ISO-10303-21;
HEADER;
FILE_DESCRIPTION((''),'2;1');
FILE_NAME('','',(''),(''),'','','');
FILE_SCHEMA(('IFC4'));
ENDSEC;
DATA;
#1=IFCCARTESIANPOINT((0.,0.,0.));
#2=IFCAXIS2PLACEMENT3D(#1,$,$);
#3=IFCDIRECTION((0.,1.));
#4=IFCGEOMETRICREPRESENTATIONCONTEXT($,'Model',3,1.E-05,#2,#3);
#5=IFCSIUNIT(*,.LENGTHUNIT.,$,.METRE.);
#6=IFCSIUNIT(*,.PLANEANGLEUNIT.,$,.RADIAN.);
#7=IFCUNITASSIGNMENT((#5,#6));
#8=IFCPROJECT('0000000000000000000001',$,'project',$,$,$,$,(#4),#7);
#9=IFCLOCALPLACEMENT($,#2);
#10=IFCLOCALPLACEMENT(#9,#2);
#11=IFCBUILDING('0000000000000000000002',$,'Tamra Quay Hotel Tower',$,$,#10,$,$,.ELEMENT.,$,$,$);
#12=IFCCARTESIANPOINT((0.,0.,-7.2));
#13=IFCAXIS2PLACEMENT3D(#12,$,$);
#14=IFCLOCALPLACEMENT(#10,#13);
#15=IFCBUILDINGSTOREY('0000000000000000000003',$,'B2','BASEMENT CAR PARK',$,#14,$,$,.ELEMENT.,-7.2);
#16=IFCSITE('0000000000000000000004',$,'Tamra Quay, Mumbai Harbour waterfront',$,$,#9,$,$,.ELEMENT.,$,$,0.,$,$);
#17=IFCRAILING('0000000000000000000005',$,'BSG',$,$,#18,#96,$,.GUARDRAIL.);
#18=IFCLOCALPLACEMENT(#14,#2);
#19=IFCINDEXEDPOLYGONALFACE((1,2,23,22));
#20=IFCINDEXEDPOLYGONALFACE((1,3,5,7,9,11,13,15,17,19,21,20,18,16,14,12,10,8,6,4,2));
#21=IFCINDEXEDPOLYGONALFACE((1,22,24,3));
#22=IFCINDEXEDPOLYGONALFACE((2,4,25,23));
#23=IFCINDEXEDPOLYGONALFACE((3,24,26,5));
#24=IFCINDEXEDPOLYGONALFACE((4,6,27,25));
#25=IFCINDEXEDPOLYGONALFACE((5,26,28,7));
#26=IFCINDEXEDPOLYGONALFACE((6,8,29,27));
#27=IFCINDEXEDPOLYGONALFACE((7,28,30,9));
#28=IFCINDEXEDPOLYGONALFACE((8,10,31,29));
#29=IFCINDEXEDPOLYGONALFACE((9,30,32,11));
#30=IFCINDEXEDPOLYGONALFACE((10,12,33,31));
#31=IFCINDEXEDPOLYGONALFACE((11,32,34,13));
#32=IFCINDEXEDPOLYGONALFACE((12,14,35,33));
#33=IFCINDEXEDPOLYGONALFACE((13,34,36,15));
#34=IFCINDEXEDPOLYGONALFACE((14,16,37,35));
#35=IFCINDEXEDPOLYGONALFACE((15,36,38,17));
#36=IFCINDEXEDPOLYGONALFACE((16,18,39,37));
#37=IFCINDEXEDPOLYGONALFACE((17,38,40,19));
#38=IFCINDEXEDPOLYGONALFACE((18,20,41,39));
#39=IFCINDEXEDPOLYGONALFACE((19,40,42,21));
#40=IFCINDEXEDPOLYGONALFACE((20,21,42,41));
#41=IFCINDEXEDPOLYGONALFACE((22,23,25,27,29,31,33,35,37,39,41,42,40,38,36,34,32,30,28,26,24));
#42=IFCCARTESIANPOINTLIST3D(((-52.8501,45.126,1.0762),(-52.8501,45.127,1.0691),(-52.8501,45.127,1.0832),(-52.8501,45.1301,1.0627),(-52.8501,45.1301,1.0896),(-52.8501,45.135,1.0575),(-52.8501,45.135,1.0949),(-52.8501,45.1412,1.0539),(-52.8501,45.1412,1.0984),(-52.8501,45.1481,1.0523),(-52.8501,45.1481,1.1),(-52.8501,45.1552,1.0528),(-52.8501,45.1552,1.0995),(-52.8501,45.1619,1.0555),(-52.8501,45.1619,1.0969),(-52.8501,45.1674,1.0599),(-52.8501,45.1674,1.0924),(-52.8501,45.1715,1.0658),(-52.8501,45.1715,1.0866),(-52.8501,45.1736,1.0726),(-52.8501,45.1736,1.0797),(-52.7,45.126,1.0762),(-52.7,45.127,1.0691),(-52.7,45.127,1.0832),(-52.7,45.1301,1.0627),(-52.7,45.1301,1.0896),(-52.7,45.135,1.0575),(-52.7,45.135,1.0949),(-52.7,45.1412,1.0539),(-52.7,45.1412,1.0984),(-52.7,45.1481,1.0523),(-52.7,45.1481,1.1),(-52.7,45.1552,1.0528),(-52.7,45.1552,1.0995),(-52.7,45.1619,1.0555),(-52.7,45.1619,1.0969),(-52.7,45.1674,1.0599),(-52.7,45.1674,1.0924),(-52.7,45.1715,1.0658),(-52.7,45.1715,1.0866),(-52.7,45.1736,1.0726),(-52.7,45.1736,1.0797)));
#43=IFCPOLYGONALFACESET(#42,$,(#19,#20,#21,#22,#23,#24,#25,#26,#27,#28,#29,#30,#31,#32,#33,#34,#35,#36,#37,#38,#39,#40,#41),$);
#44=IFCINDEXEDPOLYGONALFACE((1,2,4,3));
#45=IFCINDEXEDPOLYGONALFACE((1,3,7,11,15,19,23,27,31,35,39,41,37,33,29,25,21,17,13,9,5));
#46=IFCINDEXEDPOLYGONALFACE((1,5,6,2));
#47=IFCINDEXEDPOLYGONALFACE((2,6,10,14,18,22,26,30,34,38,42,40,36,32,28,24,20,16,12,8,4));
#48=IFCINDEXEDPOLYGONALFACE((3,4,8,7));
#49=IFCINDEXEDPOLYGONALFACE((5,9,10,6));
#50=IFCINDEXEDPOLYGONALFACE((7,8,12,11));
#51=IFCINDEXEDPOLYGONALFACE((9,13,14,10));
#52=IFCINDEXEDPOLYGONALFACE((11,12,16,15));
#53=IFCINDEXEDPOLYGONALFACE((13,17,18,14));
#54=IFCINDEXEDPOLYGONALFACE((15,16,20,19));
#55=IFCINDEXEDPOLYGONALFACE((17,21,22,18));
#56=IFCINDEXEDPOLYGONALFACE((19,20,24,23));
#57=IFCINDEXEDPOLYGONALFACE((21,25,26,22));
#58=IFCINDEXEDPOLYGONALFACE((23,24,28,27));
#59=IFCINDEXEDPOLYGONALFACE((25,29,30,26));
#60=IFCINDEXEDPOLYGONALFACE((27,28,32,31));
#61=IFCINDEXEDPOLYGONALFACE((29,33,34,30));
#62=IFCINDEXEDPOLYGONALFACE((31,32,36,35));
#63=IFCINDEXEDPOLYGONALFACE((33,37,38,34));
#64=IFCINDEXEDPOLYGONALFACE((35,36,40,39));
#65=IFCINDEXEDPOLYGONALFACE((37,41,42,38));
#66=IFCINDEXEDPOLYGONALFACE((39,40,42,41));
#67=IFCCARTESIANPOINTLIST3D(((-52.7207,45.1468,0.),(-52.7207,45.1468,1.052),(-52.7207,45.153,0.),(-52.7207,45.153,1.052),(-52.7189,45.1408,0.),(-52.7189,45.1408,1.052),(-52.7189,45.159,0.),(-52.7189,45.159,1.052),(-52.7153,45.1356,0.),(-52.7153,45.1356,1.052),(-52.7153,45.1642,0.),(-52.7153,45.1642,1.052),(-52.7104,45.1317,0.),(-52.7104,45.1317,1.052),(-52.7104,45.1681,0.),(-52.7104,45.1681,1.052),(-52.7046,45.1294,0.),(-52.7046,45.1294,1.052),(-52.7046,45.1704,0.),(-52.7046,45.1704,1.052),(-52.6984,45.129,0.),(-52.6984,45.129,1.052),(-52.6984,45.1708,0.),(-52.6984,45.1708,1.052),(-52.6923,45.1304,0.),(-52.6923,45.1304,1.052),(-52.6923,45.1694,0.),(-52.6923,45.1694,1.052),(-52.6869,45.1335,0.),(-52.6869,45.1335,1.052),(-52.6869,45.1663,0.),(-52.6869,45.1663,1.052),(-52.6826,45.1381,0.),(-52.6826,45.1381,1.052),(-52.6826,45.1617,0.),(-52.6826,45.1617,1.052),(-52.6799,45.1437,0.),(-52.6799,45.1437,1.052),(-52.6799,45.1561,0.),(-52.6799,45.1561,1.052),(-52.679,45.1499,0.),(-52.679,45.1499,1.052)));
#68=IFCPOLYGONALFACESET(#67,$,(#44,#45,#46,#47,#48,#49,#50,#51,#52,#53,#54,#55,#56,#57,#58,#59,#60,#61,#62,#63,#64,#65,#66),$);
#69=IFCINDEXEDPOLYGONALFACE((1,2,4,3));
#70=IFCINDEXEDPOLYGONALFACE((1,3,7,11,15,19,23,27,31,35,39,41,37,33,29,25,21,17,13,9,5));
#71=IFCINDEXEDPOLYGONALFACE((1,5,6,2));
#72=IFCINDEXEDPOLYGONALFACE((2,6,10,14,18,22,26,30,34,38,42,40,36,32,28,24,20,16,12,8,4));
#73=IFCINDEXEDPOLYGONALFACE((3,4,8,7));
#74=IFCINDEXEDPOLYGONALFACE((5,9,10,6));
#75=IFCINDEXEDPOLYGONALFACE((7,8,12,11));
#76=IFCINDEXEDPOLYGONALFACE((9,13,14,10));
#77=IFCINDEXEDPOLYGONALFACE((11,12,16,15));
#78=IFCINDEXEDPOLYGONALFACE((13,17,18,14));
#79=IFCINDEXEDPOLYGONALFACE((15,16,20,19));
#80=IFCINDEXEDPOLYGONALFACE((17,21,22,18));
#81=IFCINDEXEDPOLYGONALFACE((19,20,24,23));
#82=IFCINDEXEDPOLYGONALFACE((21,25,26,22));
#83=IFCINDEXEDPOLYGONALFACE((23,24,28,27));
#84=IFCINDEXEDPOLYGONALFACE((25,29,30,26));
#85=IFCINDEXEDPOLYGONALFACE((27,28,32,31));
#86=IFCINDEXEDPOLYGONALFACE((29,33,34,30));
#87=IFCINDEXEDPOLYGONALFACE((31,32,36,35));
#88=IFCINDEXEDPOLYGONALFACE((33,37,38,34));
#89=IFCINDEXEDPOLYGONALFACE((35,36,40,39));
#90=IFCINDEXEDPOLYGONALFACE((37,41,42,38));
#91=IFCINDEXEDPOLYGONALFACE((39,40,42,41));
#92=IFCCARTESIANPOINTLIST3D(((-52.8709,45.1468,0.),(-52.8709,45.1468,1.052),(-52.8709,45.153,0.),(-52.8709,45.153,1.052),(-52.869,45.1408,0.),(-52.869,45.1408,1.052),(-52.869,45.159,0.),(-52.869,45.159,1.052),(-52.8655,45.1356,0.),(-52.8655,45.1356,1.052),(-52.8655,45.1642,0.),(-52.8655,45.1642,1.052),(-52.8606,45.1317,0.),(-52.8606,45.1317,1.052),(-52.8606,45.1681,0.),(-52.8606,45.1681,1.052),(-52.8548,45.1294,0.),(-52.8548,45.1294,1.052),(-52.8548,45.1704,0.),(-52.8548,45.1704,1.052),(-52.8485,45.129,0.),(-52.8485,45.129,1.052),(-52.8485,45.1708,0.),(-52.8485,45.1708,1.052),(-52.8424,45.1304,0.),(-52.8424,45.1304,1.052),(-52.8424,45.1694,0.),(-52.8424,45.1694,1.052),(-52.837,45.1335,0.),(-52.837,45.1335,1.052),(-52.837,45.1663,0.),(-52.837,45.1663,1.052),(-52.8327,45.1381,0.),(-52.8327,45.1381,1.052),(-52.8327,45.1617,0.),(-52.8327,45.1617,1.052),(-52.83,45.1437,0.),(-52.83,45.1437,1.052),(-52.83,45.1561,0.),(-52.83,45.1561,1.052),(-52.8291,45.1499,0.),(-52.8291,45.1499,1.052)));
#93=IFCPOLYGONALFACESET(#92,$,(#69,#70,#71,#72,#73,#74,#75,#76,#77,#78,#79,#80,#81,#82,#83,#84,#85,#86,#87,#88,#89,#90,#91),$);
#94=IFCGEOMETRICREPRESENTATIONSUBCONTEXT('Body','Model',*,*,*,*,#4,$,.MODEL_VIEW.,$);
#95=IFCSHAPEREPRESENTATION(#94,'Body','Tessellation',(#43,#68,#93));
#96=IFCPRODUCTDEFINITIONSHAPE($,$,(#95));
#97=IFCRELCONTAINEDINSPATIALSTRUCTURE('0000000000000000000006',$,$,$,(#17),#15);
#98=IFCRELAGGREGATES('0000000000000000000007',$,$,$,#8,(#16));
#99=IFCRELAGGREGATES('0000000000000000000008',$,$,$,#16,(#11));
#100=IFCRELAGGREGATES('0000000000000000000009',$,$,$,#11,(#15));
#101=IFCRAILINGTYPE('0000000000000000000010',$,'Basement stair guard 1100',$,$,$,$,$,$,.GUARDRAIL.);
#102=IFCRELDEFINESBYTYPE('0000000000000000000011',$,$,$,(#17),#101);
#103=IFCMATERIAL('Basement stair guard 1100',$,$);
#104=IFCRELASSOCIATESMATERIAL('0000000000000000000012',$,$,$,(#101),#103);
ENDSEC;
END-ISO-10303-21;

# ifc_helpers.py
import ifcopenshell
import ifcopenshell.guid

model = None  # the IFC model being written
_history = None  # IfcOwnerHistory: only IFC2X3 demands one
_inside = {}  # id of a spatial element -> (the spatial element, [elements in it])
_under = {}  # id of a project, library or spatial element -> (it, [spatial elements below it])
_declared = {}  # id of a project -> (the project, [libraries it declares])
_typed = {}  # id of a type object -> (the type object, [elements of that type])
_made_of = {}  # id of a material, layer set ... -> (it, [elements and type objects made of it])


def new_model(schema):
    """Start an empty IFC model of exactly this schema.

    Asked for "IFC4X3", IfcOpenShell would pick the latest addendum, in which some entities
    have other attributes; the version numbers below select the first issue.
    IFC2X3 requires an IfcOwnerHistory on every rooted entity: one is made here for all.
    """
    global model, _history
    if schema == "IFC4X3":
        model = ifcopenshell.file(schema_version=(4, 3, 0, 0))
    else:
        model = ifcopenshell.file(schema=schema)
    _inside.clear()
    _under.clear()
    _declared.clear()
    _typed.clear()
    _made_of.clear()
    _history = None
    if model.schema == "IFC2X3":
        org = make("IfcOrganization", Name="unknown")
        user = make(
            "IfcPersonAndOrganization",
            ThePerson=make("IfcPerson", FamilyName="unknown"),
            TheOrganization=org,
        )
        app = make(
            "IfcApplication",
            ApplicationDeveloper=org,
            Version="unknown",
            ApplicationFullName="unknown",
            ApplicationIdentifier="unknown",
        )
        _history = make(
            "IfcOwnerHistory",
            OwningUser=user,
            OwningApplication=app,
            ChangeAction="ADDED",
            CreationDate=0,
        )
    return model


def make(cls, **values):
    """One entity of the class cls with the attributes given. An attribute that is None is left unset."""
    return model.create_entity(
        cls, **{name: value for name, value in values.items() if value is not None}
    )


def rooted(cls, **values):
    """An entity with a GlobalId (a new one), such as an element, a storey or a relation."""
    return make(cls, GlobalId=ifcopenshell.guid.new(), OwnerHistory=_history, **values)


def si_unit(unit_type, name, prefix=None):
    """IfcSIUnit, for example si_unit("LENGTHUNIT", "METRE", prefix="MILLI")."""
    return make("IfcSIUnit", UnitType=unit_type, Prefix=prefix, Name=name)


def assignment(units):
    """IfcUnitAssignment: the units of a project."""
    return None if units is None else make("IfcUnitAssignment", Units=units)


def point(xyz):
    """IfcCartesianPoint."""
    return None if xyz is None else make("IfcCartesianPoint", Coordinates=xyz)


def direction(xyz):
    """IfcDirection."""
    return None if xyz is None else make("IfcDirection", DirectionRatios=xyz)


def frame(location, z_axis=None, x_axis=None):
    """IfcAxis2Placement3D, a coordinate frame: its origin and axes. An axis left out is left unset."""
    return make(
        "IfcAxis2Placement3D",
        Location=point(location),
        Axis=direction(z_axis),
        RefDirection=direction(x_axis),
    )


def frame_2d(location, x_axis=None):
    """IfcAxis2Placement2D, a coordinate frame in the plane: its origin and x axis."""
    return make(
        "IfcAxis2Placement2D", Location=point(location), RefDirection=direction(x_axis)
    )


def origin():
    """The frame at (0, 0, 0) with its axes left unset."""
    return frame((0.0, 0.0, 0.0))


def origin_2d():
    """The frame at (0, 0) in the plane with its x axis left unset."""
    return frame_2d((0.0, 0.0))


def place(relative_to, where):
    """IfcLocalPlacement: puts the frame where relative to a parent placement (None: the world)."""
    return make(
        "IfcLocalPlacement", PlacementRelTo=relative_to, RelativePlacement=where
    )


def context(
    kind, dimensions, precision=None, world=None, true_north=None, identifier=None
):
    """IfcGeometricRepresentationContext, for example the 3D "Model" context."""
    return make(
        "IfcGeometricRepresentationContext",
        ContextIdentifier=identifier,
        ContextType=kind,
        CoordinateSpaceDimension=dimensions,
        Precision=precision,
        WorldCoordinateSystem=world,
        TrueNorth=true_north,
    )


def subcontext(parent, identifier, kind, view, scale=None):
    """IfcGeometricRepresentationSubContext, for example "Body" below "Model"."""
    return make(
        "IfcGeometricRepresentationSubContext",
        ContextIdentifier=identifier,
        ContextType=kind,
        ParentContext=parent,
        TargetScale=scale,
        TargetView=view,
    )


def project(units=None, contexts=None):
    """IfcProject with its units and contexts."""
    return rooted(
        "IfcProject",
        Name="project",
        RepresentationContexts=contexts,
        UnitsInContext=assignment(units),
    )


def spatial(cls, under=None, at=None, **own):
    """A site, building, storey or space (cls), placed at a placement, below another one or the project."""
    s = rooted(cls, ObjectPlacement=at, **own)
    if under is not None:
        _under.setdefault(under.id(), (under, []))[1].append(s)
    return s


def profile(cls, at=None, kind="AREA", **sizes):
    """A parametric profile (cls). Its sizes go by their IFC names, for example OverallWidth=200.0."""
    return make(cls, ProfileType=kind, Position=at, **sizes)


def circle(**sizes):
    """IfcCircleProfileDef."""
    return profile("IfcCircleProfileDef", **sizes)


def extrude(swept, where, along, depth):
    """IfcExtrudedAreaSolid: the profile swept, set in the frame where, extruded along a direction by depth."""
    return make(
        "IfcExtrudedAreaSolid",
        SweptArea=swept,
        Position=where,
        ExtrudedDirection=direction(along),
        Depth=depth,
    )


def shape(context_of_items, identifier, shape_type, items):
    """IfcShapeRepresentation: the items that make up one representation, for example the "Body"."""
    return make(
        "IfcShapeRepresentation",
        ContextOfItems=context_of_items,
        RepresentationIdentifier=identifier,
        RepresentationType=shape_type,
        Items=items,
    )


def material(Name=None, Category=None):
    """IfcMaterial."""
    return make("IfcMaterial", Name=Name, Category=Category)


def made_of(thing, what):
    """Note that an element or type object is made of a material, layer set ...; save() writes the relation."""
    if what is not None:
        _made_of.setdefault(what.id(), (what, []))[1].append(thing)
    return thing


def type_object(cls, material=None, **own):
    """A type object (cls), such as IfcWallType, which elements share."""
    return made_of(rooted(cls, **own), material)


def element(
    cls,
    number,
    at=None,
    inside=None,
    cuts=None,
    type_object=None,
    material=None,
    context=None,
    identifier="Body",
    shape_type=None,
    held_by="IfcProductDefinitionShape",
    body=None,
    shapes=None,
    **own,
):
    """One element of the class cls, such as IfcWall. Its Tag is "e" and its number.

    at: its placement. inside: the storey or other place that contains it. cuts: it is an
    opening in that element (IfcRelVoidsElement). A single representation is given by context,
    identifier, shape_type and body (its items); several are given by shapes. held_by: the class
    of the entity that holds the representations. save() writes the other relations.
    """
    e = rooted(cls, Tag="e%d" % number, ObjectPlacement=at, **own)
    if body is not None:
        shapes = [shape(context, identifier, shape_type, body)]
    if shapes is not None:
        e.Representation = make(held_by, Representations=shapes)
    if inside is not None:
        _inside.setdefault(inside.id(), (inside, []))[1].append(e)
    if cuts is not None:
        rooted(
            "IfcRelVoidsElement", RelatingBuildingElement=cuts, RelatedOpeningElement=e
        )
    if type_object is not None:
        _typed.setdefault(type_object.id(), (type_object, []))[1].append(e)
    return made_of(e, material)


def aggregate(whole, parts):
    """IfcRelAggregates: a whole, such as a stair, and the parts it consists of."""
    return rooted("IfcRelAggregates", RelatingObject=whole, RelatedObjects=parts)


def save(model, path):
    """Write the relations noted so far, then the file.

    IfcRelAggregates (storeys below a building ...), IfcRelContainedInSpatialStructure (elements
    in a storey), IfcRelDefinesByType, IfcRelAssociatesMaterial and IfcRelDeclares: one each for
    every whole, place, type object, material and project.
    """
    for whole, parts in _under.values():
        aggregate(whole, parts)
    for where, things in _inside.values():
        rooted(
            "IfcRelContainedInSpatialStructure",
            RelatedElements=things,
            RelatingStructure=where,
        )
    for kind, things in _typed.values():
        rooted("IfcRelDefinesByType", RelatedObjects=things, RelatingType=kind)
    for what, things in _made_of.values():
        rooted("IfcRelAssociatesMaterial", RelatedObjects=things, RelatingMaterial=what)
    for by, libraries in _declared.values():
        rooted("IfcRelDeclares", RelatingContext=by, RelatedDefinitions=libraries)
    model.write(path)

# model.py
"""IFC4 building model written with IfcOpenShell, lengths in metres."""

from ifc_helpers import new_model, si_unit, direction, frame, origin, origin_2d, place, context, subcontext, project, spatial, circle, extrude, material, type_object, element, save


model = new_model("IFC4")

# Units and contexts
model_context = context("Model", 3, precision=1e-05, world=origin(), true_north=direction((0.0, 1.0)))
body_context = subcontext(model_context, "Body", "Model", "MODEL_VIEW")
ifc_project = project(units=[si_unit("LENGTHUNIT", "METRE"), si_unit("PLANEANGLEUNIT", "RADIAN")], contexts=[model_context])

# Site, building, storey
site_placement = place(None, origin())
site = spatial("IfcSite", under=ifc_project, at=site_placement, Name="Tamra Quay, Mumbai Harbour waterfront", CompositionType="ELEMENT", RefElevation=0.0)
building_placement = place(site_placement, origin())
building = spatial("IfcBuilding", under=site, at=building_placement, Name="Tamra Quay Hotel Tower", CompositionType="ELEMENT")
storey_placement = place(building_placement, frame((0.0, 0.0, -7.2)))
storey = spatial("IfcBuildingStorey", under=building, at=storey_placement, Name="B2", Description="BASEMENT CAR PARK", CompositionType="ELEMENT", Elevation=-7.2)

# Railing
ifc_material_1 = material(Name="Basement stair guard 1100")
railing_type_1 = type_object("IfcRailingType", Name="Basement stair guard 1100", PredefinedType="GUARDRAIL", material=ifc_material_1)
railing_1_placement = place(storey_placement, frame((-52.7, 45.1499, 0.0)))
element("IfcRailing", 1, at=railing_1_placement, inside=storey, type_object=railing_type_1, Name="BSG", PredefinedType="GUARDRAIL", context=body_context, shape_type="SweptSolid", body=[
    extrude(circle(Radius=0.0239, at=origin_2d()), frame((0.0, 0.0, 1.0762), z_axis=(-1.0, 0.0, 0.0), x_axis=(0.0, -1.0, 0.0)), (0.0, 0.0, 1.0), 0.1501),
    extrude(circle(Radius=0.021, at=origin_2d()), origin(), (0.0, 0.0, 1.0), 1.052),
    extrude(circle(Radius=0.021, at=origin_2d()), frame((-0.1501, 0.0, 0.0)), (0.0, 0.0, 1.0), 1.052),
])

save(model, "model.ifc")
